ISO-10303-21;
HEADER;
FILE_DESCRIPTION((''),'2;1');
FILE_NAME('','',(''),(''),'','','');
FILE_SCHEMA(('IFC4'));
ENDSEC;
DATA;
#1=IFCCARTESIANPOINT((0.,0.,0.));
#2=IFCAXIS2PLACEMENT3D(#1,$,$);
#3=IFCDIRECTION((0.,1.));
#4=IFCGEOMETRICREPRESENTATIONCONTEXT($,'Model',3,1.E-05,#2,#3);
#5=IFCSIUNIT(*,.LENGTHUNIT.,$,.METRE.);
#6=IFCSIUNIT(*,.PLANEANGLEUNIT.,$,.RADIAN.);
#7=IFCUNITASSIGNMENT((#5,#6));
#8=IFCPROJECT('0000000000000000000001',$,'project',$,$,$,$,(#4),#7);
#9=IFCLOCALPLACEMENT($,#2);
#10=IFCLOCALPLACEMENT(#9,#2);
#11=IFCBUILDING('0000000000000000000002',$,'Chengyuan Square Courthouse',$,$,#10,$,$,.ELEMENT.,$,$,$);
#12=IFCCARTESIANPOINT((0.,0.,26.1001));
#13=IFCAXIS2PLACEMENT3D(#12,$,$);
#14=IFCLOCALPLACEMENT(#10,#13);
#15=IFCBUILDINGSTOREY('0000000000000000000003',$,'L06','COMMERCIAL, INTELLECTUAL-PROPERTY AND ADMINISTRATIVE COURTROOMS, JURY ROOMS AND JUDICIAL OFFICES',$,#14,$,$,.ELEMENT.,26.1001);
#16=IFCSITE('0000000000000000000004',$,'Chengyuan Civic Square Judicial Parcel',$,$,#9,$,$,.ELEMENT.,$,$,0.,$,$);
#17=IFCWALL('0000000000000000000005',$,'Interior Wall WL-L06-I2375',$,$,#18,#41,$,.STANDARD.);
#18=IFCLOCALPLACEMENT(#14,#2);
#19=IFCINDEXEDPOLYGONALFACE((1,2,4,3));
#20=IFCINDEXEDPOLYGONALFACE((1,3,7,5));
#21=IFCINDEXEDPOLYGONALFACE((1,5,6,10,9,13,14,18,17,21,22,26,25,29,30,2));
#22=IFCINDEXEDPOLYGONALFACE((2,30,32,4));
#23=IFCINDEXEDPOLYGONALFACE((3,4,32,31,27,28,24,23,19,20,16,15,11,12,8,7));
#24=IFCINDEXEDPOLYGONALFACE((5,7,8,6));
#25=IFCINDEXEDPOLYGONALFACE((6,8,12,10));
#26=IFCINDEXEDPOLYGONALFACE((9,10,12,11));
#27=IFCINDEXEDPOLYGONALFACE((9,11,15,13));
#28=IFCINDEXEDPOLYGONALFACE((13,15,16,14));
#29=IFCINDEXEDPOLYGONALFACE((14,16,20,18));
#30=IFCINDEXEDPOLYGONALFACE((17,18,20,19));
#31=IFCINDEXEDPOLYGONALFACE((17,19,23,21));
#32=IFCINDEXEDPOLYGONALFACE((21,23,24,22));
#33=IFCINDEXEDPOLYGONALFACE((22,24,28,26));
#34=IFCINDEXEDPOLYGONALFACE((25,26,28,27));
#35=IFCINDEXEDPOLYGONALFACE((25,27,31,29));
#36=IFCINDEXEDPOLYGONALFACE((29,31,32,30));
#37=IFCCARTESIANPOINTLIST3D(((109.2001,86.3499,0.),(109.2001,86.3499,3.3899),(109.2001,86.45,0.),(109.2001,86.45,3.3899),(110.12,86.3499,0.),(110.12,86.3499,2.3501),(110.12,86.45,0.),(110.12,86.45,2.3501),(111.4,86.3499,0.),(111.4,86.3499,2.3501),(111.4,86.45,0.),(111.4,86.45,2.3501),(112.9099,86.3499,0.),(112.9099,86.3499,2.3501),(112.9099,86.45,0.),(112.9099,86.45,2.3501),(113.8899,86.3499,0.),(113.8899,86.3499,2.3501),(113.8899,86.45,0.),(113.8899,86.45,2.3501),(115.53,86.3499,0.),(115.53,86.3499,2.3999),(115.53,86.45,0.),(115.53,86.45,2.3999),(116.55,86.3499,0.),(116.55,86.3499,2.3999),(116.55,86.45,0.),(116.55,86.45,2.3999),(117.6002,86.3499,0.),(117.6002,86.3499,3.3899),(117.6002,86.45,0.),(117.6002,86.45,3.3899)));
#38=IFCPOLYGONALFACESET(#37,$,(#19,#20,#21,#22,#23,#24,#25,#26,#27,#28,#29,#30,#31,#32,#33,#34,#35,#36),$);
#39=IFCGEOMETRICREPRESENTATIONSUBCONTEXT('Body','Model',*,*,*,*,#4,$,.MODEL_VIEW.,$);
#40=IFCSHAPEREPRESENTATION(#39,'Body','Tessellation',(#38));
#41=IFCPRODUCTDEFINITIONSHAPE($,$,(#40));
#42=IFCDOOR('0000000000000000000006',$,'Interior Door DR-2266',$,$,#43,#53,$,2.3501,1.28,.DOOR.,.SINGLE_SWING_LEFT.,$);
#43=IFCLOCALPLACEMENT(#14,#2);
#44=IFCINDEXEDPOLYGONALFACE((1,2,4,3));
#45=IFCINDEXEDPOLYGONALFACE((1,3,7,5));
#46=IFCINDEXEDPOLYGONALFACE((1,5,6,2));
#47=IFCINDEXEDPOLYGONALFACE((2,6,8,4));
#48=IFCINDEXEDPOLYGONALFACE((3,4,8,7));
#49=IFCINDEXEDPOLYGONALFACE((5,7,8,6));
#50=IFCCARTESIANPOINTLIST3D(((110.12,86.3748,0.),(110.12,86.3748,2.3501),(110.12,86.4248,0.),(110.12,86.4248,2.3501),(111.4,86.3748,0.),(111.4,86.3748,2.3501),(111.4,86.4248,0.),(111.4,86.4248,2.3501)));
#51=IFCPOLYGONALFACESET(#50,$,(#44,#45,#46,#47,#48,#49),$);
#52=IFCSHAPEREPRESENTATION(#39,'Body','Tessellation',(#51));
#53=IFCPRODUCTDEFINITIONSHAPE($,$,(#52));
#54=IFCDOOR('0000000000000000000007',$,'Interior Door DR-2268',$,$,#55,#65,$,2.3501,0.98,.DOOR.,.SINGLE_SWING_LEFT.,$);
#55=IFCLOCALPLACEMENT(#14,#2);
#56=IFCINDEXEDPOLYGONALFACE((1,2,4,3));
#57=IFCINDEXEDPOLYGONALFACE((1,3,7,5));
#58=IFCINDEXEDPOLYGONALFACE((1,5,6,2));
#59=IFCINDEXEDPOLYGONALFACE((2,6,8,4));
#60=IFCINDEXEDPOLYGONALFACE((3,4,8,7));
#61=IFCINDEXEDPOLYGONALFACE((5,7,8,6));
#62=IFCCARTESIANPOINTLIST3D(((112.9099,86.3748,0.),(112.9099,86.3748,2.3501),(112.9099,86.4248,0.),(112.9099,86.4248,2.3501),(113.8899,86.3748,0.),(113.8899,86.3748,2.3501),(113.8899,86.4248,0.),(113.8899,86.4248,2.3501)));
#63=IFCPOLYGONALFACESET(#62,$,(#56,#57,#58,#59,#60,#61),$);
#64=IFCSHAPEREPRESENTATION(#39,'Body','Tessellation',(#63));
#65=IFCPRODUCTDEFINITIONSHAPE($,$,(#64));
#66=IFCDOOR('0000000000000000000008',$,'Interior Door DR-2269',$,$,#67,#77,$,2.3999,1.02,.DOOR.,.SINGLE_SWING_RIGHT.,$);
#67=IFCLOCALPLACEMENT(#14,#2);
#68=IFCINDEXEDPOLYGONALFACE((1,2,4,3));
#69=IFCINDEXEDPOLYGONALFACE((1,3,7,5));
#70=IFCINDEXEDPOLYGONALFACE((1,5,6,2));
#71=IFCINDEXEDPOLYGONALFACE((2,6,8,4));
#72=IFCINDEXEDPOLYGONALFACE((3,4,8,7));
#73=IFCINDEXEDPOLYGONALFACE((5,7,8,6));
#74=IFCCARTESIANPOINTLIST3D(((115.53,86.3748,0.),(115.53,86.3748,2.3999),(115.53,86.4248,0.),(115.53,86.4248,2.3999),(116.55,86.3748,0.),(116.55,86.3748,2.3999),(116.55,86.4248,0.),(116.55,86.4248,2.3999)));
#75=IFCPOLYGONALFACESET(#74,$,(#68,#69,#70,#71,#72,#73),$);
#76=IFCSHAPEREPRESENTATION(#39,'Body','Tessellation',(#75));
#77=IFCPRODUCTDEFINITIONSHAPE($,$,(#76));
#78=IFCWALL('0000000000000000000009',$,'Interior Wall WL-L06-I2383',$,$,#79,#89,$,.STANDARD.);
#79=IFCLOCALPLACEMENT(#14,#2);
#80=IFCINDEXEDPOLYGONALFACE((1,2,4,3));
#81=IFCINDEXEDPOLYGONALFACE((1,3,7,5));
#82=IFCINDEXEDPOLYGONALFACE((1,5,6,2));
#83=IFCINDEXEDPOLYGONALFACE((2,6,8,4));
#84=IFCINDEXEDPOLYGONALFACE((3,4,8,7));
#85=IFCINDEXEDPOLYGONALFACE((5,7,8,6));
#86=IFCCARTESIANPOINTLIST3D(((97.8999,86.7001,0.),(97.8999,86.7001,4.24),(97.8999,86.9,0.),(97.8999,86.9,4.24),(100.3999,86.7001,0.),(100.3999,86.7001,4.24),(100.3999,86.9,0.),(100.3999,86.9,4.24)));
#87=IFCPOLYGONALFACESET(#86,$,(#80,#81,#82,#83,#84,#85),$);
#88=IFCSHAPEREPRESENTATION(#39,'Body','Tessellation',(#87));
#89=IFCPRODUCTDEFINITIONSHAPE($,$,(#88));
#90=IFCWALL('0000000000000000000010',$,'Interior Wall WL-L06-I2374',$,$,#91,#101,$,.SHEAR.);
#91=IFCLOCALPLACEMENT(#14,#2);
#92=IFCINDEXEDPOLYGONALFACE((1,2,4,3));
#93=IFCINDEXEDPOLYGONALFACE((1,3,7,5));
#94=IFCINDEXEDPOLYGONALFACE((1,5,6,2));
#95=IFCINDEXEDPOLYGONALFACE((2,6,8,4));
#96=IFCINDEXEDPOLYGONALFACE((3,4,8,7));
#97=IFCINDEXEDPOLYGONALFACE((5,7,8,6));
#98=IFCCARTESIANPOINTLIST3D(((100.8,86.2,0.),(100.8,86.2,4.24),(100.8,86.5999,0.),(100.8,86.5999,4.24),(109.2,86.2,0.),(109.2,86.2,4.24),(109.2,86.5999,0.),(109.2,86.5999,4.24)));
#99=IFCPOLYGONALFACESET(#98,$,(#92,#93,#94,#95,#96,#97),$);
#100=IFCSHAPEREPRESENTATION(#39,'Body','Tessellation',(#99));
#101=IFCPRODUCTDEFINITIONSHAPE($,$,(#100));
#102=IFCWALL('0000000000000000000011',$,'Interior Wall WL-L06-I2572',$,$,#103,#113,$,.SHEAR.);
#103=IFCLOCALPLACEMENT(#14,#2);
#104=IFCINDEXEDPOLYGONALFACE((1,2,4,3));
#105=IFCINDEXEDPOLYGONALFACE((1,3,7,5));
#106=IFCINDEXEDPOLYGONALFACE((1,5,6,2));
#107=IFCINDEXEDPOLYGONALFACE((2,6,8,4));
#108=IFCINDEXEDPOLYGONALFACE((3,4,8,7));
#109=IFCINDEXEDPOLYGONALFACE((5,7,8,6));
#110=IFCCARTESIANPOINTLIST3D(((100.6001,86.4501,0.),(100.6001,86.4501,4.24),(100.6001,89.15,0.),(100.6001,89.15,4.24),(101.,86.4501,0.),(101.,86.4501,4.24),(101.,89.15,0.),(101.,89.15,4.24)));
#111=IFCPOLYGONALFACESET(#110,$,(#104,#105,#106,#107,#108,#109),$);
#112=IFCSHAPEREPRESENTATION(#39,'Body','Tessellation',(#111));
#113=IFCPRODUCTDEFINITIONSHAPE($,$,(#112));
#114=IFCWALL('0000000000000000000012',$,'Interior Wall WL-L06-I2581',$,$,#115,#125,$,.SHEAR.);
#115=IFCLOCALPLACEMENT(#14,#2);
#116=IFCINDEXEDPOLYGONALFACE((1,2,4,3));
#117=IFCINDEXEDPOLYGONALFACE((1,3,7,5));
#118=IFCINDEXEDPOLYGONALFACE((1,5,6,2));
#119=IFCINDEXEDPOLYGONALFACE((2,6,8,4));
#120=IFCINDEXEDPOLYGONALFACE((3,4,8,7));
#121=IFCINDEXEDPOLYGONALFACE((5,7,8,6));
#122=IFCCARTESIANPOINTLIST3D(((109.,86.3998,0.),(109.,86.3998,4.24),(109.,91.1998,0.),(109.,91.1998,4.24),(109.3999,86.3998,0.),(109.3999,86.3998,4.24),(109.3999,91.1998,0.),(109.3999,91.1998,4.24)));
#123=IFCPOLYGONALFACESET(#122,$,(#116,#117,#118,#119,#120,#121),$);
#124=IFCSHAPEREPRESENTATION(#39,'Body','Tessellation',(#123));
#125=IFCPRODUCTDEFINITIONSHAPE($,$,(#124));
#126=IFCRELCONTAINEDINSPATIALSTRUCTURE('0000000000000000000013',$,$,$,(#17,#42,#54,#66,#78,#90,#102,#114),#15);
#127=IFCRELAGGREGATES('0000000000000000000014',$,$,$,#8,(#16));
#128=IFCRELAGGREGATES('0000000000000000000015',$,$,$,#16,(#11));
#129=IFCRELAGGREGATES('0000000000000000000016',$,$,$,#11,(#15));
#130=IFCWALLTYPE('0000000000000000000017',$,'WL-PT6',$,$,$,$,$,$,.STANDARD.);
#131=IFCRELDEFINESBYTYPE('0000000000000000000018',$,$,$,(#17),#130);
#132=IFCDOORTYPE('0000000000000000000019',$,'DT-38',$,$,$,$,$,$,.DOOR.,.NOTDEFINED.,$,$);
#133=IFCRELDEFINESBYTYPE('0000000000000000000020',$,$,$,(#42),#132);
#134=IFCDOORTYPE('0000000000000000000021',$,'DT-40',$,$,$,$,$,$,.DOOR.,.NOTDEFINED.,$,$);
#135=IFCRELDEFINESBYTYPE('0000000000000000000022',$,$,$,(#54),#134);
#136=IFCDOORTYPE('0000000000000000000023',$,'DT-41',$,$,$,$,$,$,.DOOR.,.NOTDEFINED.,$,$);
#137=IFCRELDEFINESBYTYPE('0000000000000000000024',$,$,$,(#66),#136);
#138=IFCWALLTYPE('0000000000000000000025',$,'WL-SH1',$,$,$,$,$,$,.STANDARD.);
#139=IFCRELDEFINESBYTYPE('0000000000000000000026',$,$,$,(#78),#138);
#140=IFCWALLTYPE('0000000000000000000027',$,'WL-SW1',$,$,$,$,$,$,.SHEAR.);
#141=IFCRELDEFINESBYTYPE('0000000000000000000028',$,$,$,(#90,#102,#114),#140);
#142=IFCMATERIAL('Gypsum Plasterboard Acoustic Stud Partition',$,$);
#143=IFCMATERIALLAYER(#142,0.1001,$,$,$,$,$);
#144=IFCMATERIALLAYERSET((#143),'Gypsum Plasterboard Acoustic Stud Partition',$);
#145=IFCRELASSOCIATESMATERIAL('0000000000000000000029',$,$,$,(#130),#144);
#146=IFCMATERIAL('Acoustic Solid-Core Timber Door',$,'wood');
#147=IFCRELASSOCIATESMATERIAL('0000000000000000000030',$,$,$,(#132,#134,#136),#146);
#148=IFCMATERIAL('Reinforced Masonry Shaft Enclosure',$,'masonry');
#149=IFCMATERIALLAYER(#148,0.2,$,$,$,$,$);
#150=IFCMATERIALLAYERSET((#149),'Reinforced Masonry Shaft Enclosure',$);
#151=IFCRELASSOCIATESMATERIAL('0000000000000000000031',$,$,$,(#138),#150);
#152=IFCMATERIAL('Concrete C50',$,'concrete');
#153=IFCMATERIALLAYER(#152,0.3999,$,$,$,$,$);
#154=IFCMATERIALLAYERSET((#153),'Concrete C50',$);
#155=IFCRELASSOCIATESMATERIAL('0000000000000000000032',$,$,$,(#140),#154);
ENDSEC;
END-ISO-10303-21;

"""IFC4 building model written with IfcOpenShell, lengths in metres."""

from ifc_helpers import new_model, si_unit, direction, frame, frame_2d, origin, place, context, subcontext, project, spatial, rectangle, extrude, material, layer, layer_set, type_object, element, fill, save


model = new_model("IFC4")

# Units and contexts
model_context = context("Model", 3, precision=1e-05, world=origin(), true_north=direction((0.0, 1.0)))
body_context = subcontext(model_context, "Body", "Model", "MODEL_VIEW")
ifc_project = project(units=[si_unit("LENGTHUNIT", "METRE"), si_unit("PLANEANGLEUNIT", "RADIAN")], contexts=[model_context])

# Site, building, storey
site_placement = place(None, origin())
site = spatial("IfcSite", under=ifc_project, at=site_placement, Name="Chengyuan Civic Square Judicial Parcel", CompositionType="ELEMENT", RefElevation=0.0)
building_placement = place(site_placement, origin())
building = spatial("IfcBuilding", under=site, at=building_placement, Name="Chengyuan Square Courthouse", CompositionType="ELEMENT")
storey_placement = place(building_placement, frame((0.0, 0.0, 26.1001)))
storey = spatial("IfcBuildingStorey", under=building, at=storey_placement, Name="L06", Description="COMMERCIAL, INTELLECTUAL-PROPERTY AND ADMINISTRATIVE COURTROOMS, JURY ROOMS AND JUDICIAL OFFICES", CompositionType="ELEMENT", Elevation=26.1001)

# Shared definitions
ifc_material_1 = material(Name="Concrete C50", Category="concrete")

# Wall, openings, doors
ifc_material_2 = material(Name="Gypsum Plasterboard Acoustic Stud Partition")
ifc_layer_1 = layer(ifc_material_2, 0.1001)
ifc_layer_set_1 = layer_set([ifc_layer_1], Name="Gypsum Plasterboard Acoustic Stud Partition")
wall_type_1 = type_object("IfcWallType", Name="WL-PT6", PredefinedType="STANDARD", material=ifc_layer_set_1)
ifc_material_3 = material(Name="Acoustic Solid-Core Timber Door", Category="wood")
wall_1_placement = place(storey_placement, frame((109.2, 86.3999, 0.0), z_axis=(0.0, 0.0, 1.0), x_axis=(1.0, 0.0, 0.0)))
wall_1 = element("IfcWall", 1, at=wall_1_placement, inside=storey, type_object=wall_type_1, Name="Interior Wall WL-L06-I2375", PredefinedType="STANDARD", context=body_context, shape_type="SweptSolid", body=[
    extrude(rectangle(XDim=8.4001, YDim=0.1001, at=frame_2d((4.2002, 0.0))), origin(), (0.0, 0.0, 1.0), 3.3899),
])
opening_1_placement = place(wall_1_placement, frame((0.9199, 0.0, 0.0)))
opening_1 = element("IfcOpeningElement", 2, at=opening_1_placement, cuts=wall_1, PredefinedType="OPENING", context=body_context, shape_type="SweptSolid", body=[
    extrude(rectangle(XDim=1.28, YDim=2.3501, at=frame_2d((0.6401, 1.175))), frame((0.0, 0.062, 0.0), z_axis=(0.0, -1.0, 0.0), x_axis=(1.0, 0.0, 0.0)), (0.0, 0.0, 1.0), 0.124),
])
opening_2_placement = place(wall_1_placement, frame((3.71, 0.0, 0.0)))
opening_2 = element("IfcOpeningElement", 3, at=opening_2_placement, cuts=wall_1, PredefinedType="OPENING", context=body_context, shape_type="SweptSolid", body=[
    extrude(rectangle(XDim=0.98, YDim=2.3501, at=frame_2d((0.49, 1.175))), frame((0.0, 0.062, 0.0), z_axis=(0.0, -1.0, 0.0), x_axis=(1.0, 0.0, 0.0)), (0.0, 0.0, 1.0), 0.124),
])
opening_3_placement = place(wall_1_placement, frame((6.3301, 0.0, 0.0)))
opening_3 = element("IfcOpeningElement", 4, at=opening_3_placement, cuts=wall_1, PredefinedType="OPENING", context=body_context, shape_type="SweptSolid", body=[
    extrude(rectangle(XDim=1.02, YDim=2.3999, at=frame_2d((0.51, 1.2))), frame((0.0, 0.062, 0.0), z_axis=(0.0, -1.0, 0.0), x_axis=(1.0, 0.0, 0.0)), (0.0, 0.0, 1.0), 0.124),
])
door_type_1 = type_object("IfcDoorType", Name="DT-38", OperationType="NOTDEFINED", PredefinedType="DOOR", material=ifc_material_3)
door_1_placement = place(opening_1_placement, origin())
door_1 = element("IfcDoor", 5, at=door_1_placement, inside=storey, type_object=door_type_1, Name="Interior Door DR-2266", OperationType="SINGLE_SWING_LEFT", OverallHeight=2.3501, OverallWidth=1.28, PredefinedType="DOOR", context=body_context, shape_type="SweptSolid", body=[
    extrude(rectangle(XDim=1.28, YDim=2.3501, at=frame_2d((0.6401, 1.175))), frame((0.0, 0.0249, 0.0), z_axis=(0.0, -1.0, 0.0), x_axis=(1.0, 0.0, 0.0)), (0.0, 0.0, 1.0), 0.05),
])
fill(opening_1, door_1)
door_type_2 = type_object("IfcDoorType", Name="DT-40", OperationType="NOTDEFINED", PredefinedType="DOOR", material=ifc_material_3)
door_2_placement = place(opening_2_placement, origin())
door_2 = element("IfcDoor", 6, at=door_2_placement, inside=storey, type_object=door_type_2, Name="Interior Door DR-2268", OperationType="SINGLE_SWING_LEFT", OverallHeight=2.3501, OverallWidth=0.98, PredefinedType="DOOR", context=body_context, shape_type="SweptSolid", body=[
    extrude(rectangle(XDim=0.98, YDim=2.3501, at=frame_2d((0.49, 1.175))), frame((0.0, 0.0249, 0.0), z_axis=(0.0, -1.0, 0.0), x_axis=(1.0, 0.0, 0.0)), (0.0, 0.0, 1.0), 0.05),
])
fill(opening_2, door_2)
door_type_3 = type_object("IfcDoorType", Name="DT-41", OperationType="NOTDEFINED", PredefinedType="DOOR", material=ifc_material_3)
door_3_placement = place(opening_3_placement, origin())
door_3 = element("IfcDoor", 7, at=door_3_placement, inside=storey, type_object=door_type_3, Name="Interior Door DR-2269", OperationType="SINGLE_SWING_RIGHT", OverallHeight=2.3999, OverallWidth=1.02, PredefinedType="DOOR", context=body_context, shape_type="SweptSolid", body=[
    extrude(rectangle(XDim=1.02, YDim=2.3999, at=frame_2d((0.51, 1.2))), frame((0.0, 0.0249, 0.0), z_axis=(0.0, -1.0, 0.0), x_axis=(1.0, 0.0, 0.0)), (0.0, 0.0, 1.0), 0.05),
])
fill(opening_3, door_3)

# Walls
ifc_material_4 = material(Name="Reinforced Masonry Shaft Enclosure", Category="masonry")
ifc_layer_2 = layer(ifc_material_4, 0.2)
ifc_layer_set_2 = layer_set([ifc_layer_2], Name="Reinforced Masonry Shaft Enclosure")
wall_type_2 = type_object("IfcWallType", Name="WL-SH1", PredefinedType="STANDARD", material=ifc_layer_set_2)
wall_2_placement = place(storey_placement, frame((97.8999, 86.8, 0.0), z_axis=(0.0, 0.0, 1.0), x_axis=(1.0, 0.0, 0.0)))
element("IfcWall", 8, at=wall_2_placement, inside=storey, type_object=wall_type_2, Name="Interior Wall WL-L06-I2383", PredefinedType="STANDARD", context=body_context, shape_type="SweptSolid", body=[
    extrude(rectangle(XDim=2.5, YDim=0.2, at=frame_2d((1.25, 0.0))), origin(), (0.0, 0.0, 1.0), 4.24),
])
ifc_layer_3 = layer(ifc_material_1, 0.3999)
ifc_layer_set_3 = layer_set([ifc_layer_3], Name="Concrete C50")
wall_type_3 = type_object("IfcWallType", Name="WL-SW1", PredefinedType="SHEAR", material=ifc_layer_set_3)
wall_3_placement = place(storey_placement, frame((100.8, 86.3999, 0.0), z_axis=(0.0, 0.0, 1.0), x_axis=(1.0, 0.0, 0.0)))
element("IfcWall", 9, at=wall_3_placement, inside=storey, type_object=wall_type_3, Name="Interior Wall WL-L06-I2374", PredefinedType="SHEAR", context=body_context, shape_type="SweptSolid", body=[
    extrude(rectangle(XDim=8.3999, YDim=0.3999, at=frame_2d((4.2, 0.0))), origin(), (0.0, 0.0, 1.0), 4.24),
])
wall_4_placement = place(storey_placement, frame((100.8, 86.45, 0.0), z_axis=(0.0, 0.0, 1.0), x_axis=(0.0, 1.0, 0.0)))
element("IfcWall", 10, at=wall_4_placement, inside=storey, type_object=wall_type_3, Name="Interior Wall WL-L06-I2572", PredefinedType="SHEAR", context=body_context, shape_type="SweptSolid", body=[
    extrude(rectangle(XDim=2.7, YDim=0.3999, at=frame_2d((1.3501, 0.0))), origin(), (0.0, 0.0, 1.0), 4.24),
])
wall_5_placement = place(storey_placement, frame((109.2, 86.3999, 0.0), z_axis=(0.0, 0.0, 1.0), x_axis=(0.0, 1.0, 0.0)))
element("IfcWall", 11, at=wall_5_placement, inside=storey, type_object=wall_type_3, Name="Interior Wall WL-L06-I2581", PredefinedType="SHEAR", context=body_context, shape_type="SweptSolid", body=[
    extrude(rectangle(XDim=4.8, YDim=0.3999, at=frame_2d((2.3999, 0.0))), origin(), (0.0, 0.0, 1.0), 4.24),
])

save(model, "model.ifc")
